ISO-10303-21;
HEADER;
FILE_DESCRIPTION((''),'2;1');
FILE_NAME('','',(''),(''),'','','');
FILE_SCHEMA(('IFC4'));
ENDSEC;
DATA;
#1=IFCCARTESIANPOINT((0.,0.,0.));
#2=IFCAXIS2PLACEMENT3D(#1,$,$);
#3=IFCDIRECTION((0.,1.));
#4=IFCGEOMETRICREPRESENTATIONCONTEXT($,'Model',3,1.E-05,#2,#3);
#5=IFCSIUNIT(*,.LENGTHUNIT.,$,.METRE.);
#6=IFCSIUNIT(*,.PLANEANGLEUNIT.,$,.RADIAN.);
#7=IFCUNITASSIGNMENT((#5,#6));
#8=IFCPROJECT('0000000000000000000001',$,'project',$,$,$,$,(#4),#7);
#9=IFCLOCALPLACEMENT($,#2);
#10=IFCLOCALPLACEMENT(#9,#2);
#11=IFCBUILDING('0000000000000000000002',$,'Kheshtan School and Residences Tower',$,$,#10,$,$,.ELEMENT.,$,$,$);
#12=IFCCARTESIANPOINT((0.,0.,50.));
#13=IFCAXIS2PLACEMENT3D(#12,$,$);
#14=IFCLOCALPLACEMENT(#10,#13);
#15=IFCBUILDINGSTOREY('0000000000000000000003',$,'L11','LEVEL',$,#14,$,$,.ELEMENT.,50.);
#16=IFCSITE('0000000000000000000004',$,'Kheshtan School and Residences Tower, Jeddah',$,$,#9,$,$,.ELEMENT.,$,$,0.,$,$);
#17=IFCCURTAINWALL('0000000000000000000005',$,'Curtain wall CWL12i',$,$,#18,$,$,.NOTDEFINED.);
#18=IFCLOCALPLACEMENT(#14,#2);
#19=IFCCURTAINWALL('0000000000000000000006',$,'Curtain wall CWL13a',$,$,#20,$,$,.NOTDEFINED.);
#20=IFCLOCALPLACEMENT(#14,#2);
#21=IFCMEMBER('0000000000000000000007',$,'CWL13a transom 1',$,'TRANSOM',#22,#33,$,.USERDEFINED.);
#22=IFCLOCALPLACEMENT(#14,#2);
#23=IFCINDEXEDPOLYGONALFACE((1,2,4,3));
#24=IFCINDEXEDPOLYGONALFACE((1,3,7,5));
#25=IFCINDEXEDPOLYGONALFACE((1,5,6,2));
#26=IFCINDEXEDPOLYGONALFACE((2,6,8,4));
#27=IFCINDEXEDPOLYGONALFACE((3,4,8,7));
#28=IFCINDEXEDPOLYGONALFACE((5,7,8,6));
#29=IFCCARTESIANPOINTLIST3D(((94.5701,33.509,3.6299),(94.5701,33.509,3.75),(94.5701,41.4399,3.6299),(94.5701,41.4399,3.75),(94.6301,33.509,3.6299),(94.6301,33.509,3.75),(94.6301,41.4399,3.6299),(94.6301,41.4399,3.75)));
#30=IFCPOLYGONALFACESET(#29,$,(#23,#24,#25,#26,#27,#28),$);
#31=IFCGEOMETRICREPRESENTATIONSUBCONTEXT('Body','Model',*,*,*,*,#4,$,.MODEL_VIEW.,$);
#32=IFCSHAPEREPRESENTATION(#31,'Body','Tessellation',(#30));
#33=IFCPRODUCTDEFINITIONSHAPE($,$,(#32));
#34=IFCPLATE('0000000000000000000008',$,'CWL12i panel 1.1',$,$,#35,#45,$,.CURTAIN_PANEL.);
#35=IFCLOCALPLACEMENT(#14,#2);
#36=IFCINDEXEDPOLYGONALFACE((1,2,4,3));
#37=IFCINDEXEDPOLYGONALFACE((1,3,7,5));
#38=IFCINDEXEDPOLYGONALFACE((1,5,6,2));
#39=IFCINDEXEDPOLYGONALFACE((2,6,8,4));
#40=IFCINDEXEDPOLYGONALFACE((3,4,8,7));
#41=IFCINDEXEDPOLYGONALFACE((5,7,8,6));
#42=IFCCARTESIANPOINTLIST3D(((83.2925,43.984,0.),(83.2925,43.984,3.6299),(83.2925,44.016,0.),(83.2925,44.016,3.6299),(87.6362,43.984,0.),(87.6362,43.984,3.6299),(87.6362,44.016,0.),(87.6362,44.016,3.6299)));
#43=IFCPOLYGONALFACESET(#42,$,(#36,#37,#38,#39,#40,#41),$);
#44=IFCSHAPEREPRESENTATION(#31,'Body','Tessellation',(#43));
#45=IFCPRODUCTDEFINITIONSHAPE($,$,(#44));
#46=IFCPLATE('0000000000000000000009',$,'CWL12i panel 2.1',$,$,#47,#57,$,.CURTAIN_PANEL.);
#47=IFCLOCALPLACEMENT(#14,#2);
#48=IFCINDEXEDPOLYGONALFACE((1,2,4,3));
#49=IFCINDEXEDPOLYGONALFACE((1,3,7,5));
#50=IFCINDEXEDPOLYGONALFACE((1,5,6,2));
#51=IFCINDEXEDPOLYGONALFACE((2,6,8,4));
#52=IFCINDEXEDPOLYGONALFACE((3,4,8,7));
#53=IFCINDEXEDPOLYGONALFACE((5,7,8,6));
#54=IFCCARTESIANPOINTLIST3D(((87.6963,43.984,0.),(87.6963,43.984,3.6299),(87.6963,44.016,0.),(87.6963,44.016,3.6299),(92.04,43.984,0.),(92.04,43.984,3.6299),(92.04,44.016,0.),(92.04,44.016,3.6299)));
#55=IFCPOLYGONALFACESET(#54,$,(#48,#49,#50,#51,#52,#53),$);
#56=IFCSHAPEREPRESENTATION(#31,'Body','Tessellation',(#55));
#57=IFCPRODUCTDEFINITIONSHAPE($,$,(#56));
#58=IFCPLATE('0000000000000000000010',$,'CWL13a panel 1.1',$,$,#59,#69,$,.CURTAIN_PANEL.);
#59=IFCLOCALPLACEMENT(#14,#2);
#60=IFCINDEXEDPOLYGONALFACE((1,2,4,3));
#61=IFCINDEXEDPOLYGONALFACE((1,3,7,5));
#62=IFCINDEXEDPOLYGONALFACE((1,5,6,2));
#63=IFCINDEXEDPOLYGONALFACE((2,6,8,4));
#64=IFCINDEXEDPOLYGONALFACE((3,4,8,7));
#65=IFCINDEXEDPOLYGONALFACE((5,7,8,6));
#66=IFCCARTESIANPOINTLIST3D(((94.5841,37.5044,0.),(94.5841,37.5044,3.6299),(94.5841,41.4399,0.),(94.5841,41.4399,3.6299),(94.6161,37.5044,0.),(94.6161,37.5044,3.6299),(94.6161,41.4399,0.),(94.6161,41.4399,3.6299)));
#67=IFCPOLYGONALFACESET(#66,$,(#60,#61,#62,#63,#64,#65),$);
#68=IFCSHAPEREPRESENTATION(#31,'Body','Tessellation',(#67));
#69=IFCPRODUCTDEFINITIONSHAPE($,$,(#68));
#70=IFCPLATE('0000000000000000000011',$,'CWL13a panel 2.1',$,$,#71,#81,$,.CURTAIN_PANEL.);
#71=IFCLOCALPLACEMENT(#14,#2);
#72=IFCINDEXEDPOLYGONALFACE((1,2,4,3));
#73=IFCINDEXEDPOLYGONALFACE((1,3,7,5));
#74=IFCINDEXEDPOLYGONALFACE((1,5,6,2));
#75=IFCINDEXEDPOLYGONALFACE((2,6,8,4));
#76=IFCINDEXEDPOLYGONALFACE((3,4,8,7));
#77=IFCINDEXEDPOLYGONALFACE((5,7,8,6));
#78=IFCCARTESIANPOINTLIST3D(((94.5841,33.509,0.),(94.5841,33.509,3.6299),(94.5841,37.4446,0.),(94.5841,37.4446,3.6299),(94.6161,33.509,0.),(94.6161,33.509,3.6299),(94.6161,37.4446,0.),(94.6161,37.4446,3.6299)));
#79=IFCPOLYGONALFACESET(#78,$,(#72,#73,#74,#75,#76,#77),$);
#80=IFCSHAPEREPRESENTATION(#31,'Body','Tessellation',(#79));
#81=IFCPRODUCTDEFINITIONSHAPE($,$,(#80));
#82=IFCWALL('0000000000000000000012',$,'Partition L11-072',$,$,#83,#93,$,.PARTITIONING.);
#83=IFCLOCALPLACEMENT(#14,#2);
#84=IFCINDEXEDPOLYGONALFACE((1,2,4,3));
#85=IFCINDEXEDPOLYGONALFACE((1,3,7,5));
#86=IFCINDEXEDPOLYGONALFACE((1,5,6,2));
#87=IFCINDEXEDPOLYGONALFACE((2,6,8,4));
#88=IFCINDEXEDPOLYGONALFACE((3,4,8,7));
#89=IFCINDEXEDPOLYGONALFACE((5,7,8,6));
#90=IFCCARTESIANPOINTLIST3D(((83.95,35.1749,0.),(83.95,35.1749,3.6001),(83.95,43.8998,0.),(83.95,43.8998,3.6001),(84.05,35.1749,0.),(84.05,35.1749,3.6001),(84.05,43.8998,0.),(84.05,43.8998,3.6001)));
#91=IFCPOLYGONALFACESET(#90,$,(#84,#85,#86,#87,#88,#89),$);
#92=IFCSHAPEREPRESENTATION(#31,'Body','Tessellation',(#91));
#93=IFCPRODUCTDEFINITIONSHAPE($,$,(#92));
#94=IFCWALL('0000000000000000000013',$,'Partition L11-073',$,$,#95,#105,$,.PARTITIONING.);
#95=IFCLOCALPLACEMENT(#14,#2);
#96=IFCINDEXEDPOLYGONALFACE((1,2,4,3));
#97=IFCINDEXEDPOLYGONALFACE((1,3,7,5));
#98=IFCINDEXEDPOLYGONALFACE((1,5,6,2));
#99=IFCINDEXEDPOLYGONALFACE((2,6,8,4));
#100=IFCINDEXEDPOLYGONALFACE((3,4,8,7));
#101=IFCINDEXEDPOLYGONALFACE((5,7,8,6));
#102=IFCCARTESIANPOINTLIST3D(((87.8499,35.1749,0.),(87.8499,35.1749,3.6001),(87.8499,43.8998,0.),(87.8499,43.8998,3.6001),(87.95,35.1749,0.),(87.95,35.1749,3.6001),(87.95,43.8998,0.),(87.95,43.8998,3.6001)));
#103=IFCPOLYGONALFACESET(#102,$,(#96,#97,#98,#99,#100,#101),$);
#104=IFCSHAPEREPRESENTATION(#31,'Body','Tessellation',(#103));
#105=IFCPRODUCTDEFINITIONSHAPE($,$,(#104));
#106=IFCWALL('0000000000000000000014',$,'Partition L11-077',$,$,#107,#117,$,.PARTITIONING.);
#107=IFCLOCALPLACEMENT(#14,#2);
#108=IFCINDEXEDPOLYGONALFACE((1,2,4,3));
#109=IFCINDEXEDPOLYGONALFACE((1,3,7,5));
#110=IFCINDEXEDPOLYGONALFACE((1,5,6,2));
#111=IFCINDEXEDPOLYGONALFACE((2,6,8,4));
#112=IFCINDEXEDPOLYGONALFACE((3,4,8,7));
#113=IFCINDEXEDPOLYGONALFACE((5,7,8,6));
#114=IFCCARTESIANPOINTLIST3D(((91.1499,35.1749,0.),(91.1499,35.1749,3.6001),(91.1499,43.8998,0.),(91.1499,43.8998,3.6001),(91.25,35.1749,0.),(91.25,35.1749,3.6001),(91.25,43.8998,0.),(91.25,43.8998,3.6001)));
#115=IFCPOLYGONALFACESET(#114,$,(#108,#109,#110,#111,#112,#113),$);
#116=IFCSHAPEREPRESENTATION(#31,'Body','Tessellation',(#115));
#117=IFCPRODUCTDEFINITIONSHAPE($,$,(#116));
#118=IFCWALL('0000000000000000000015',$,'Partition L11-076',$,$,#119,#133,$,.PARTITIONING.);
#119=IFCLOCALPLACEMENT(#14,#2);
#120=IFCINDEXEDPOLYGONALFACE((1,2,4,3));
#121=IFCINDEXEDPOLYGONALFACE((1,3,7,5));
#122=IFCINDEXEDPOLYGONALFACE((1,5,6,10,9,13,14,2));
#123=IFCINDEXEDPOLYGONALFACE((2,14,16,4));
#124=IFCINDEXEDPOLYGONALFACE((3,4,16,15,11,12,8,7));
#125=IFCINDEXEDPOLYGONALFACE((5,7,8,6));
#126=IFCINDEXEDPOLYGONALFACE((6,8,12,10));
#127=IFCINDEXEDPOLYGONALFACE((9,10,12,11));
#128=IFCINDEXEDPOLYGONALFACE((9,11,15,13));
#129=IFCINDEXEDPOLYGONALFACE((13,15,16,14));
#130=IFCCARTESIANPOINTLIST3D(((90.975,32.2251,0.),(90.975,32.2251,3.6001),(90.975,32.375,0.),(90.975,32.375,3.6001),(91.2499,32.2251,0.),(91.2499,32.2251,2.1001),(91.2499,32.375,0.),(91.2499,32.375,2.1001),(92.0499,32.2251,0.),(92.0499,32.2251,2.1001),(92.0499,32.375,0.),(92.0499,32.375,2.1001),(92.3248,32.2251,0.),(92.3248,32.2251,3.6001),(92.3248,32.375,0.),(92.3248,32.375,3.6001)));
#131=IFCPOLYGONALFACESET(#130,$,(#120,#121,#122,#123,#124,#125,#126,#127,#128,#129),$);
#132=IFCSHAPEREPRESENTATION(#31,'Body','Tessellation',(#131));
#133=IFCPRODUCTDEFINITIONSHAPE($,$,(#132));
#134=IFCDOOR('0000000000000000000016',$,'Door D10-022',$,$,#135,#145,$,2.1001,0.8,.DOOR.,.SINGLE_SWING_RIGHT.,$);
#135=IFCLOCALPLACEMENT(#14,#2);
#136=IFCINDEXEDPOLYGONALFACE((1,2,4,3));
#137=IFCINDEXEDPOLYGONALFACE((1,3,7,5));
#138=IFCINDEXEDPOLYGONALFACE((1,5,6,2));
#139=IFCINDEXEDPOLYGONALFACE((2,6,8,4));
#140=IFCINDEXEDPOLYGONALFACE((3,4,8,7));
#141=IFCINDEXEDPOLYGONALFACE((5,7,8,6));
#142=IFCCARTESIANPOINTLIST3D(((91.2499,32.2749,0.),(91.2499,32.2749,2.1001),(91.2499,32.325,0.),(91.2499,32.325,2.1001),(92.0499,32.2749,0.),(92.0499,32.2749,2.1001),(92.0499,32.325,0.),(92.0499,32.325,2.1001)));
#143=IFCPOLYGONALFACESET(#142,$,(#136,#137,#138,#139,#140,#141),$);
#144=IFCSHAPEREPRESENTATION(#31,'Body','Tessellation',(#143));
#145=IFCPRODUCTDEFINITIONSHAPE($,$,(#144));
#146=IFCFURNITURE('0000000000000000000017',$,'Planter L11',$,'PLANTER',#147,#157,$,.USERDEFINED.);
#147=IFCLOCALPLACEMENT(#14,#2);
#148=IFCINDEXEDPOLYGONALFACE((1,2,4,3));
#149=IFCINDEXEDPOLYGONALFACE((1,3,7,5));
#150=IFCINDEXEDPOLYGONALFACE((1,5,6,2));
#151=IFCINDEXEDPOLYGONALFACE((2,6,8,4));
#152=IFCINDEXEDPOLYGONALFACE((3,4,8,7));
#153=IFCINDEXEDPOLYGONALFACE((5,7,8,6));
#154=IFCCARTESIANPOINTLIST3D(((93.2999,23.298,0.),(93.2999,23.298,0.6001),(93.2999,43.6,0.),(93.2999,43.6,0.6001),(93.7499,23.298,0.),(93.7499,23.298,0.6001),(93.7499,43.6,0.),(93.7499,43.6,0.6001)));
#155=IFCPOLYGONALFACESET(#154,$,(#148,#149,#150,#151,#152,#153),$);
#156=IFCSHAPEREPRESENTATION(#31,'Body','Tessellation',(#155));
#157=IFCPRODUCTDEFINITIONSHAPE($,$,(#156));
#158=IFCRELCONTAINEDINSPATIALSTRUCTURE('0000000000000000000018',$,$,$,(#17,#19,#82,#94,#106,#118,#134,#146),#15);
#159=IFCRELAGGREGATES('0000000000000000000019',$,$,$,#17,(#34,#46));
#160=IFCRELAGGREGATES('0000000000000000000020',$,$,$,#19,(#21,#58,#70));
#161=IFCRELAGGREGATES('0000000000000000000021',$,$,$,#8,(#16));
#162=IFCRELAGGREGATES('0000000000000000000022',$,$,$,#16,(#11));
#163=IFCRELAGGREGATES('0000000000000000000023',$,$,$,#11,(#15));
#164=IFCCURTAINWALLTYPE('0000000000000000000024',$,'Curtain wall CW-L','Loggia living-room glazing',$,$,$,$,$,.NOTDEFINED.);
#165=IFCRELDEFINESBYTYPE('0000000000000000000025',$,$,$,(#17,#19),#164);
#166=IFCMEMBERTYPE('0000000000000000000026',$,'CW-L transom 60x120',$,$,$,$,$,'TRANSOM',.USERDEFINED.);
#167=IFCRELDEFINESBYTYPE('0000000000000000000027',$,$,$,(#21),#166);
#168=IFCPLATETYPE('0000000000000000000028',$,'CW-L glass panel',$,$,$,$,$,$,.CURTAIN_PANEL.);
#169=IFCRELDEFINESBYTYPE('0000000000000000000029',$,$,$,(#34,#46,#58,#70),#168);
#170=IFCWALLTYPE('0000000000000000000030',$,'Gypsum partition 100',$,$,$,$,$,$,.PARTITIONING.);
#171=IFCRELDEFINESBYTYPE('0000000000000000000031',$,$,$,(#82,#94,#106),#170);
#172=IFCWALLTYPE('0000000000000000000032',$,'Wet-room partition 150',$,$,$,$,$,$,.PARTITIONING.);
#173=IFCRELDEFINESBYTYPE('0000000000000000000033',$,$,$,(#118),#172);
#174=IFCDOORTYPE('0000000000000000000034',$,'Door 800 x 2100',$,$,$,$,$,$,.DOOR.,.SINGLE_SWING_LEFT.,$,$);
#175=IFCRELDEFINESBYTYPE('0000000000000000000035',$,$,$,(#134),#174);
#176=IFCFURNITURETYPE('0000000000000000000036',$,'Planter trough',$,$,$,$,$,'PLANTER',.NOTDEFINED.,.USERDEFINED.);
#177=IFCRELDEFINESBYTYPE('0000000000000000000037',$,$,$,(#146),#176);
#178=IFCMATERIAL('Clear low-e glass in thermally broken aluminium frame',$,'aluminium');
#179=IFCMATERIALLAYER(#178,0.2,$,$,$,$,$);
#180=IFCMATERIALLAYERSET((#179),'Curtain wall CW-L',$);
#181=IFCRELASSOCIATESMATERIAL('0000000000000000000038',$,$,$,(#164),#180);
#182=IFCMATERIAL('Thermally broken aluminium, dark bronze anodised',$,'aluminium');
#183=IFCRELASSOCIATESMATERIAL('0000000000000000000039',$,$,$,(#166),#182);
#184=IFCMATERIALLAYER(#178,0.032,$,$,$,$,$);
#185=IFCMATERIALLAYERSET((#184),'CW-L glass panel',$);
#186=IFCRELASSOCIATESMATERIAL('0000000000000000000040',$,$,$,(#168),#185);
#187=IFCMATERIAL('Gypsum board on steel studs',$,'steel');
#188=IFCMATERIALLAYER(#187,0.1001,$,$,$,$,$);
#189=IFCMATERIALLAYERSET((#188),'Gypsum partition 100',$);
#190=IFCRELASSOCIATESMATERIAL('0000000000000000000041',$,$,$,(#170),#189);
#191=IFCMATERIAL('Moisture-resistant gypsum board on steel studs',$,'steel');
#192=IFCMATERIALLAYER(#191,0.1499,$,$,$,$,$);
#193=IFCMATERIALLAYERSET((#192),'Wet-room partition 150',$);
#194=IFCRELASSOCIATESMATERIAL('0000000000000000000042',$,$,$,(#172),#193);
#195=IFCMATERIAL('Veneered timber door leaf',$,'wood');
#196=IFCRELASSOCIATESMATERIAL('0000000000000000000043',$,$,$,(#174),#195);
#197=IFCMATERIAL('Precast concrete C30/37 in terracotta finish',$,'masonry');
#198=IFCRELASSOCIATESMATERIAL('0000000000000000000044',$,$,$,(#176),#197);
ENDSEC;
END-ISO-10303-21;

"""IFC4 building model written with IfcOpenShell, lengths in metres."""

from ifc_helpers import new_model, si_unit, direction, frame, frame_2d, origin, origin_2d, place, context, subcontext, project, spatial, rectangle, extrude, source, transform, mapped, material, layer, layer_set, material_profile, profile_set, type_object, element, fill, aggregate, save


model = new_model("IFC4")

# Units and contexts
model_context = context("Model", 3, precision=1e-05, world=origin(), true_north=direction((0.0, 1.0)))
body_context = subcontext(model_context, "Body", "Model", "MODEL_VIEW")
ifc_project = project(units=[si_unit("LENGTHUNIT", "METRE"), si_unit("PLANEANGLEUNIT", "RADIAN")], contexts=[model_context])

# Site, building, storey
site_placement = place(None, origin())
site = spatial("IfcSite", under=ifc_project, at=site_placement, Name="Kheshtan School and Residences Tower, Jeddah", CompositionType="ELEMENT", RefElevation=0.0)
building_placement = place(site_placement, origin())
building = spatial("IfcBuilding", under=site, at=building_placement, Name="Kheshtan School and Residences Tower", CompositionType="ELEMENT")
storey_placement = place(building_placement, frame((0.0, 0.0, 50.0)))
storey = spatial("IfcBuildingStorey", under=building, at=storey_placement, Name="L11", Description="LEVEL", CompositionType="ELEMENT", Elevation=50.0)

# Curtain walls
ifc_material_1 = material(Name="Clear low-e glass in thermally broken aluminium frame", Category="aluminium")
ifc_layer_1 = layer(ifc_material_1, 0.2)
ifc_layer_set_1 = layer_set([ifc_layer_1], Name="Curtain wall CW-L")
curtain_wall_type = type_object("IfcCurtainWallType", Name="Curtain wall CW-L", Description="Loggia living-room glazing", PredefinedType="NOTDEFINED", material=ifc_layer_set_1)
curtain_wall_1_placement = place(storey_placement, origin())
curtain_wall_1 = element("IfcCurtainWall", 1, at=curtain_wall_1_placement, inside=storey, type_object=curtain_wall_type, Name="Curtain wall CWL12i", PredefinedType="NOTDEFINED")
ifc_material_2 = material(Name="Thermally broken aluminium, dark bronze anodised", Category="aluminium")
curtain_wall_2_placement = place(storey_placement, origin())
curtain_wall_2 = element("IfcCurtainWall", 2, at=curtain_wall_2_placement, inside=storey, type_object=curtain_wall_type, Name="Curtain wall CWL13a", PredefinedType="NOTDEFINED")

# Member
ifc_material_profile_1 = material_profile(ifc_material_2, rectangle(XDim=0.0601, YDim=0.1201, at=origin_2d()), Name="CW-L transom 60x120")
ifc_profile_set_1 = profile_set([ifc_material_profile_1], Name="Thermally broken aluminium, dark bronze anodised")
member_type_1 = type_object("IfcMemberType", Name="CW-L transom 60x120", ElementType="TRANSOM", PredefinedType="USERDEFINED", material=ifc_profile_set_1)
member_1_placement = place(storey_placement, frame((94.6001, 41.4399, 3.6899), z_axis=(0.0, -1.0, 0.0), x_axis=(1.0, 0.0, 0.0)))
member_1 = element("IfcMember", 3, at=member_1_placement, type_object=member_type_1, Name="CWL13a transom 1", ObjectType="TRANSOM", PredefinedType="USERDEFINED", context=body_context, shape_type="SweptSolid", body=[
    extrude(rectangle(XDim=0.0601, YDim=0.1201, at=origin_2d()), origin(), (0.0, 0.0, 1.0), 7.9309),
])

# Plates
ifc_layer_2 = layer(ifc_material_1, 0.032)
ifc_layer_set_2 = layer_set([ifc_layer_2], Name="CW-L glass panel")
plate_type = type_object("IfcPlateType", Name="CW-L glass panel", PredefinedType="CURTAIN_PANEL", material=ifc_layer_set_2)
plate_1_placement = place(storey_placement, frame((85.4644, 44.0, 0.0), z_axis=(0.0, 0.0, 1.0), x_axis=(1.0, 0.0, 0.0)))
plate_1 = element("IfcPlate", 4, at=plate_1_placement, type_object=plate_type, Name="CWL12i panel 1.1", PredefinedType="CURTAIN_PANEL", context=body_context, shape_type="SweptSolid", body=[
    extrude(rectangle(XDim=4.3438, YDim=0.032, at=origin_2d()), origin(), (0.0, 0.0, 1.0), 3.6299),
])
plate_2_placement = place(storey_placement, frame((89.8682, 44.0, 0.0), z_axis=(0.0, 0.0, 1.0), x_axis=(1.0, 0.0, 0.0)))
plate_2 = element("IfcPlate", 5, at=plate_2_placement, type_object=plate_type, Name="CWL12i panel 2.1", PredefinedType="CURTAIN_PANEL", context=body_context, shape_type="SweptSolid", body=[
    extrude(rectangle(XDim=4.3438, YDim=0.032, at=origin_2d()), origin(), (0.0, 0.0, 1.0), 3.6299),
])
aggregate(curtain_wall_1, [plate_1, plate_2])
plate_3_placement = place(storey_placement, frame((94.6001, 39.4722, 0.0), z_axis=(0.0, 0.0, 1.0), x_axis=(0.0, -1.0, 0.0)))
plate_3 = element("IfcPlate", 6, at=plate_3_placement, type_object=plate_type, Name="CWL13a panel 1.1", PredefinedType="CURTAIN_PANEL", context=body_context, shape_type="SweptSolid", body=[
    extrude(rectangle(XDim=3.9355, YDim=0.032, at=origin_2d()), origin(), (0.0, 0.0, 1.0), 3.6299),
])
plate_4_placement = place(storey_placement, frame((94.6001, 35.4768, 0.0), z_axis=(0.0, 0.0, 1.0), x_axis=(0.0, -1.0, 0.0)))
plate_4 = element("IfcPlate", 7, at=plate_4_placement, type_object=plate_type, Name="CWL13a panel 2.1", PredefinedType="CURTAIN_PANEL", context=body_context, shape_type="SweptSolid", body=[
    extrude(rectangle(XDim=3.9355, YDim=0.032, at=origin_2d()), origin(), (0.0, 0.0, 1.0), 3.6299),
])
aggregate(curtain_wall_2, [member_1, plate_3, plate_4])

# Walls
ifc_material_3 = material(Name="Gypsum board on steel studs", Category="steel")
ifc_layer_3 = layer(ifc_material_3, 0.1001)
ifc_layer_set_3 = layer_set([ifc_layer_3], Name="Gypsum partition 100")
wall_type_1 = type_object("IfcWallType", Name="Gypsum partition 100", PredefinedType="PARTITIONING", material=ifc_layer_set_3)
for number, where, z_axis, x_axis, name in (
    (8, (84.0, 35.175, 0.0), (0.0, 0.0, 1.0), (0.0, 1.0, 0.0), "Partition L11-072"),
    (9, (87.8999, 35.175, 0.0), (0.0, 0.0, 1.0), (0.0, 1.0, 0.0), "Partition L11-073"),
    (10, (91.2, 35.175, 0.0), (0.0, 0.0, 1.0), (0.0, 1.0, 0.0), "Partition L11-077"),
):
    element("IfcWall", number, at=place(storey_placement, frame(where, z_axis=z_axis, x_axis=x_axis)), inside=storey, type_object=wall_type_1, Name=name, PredefinedType="PARTITIONING", context=body_context, shape_type="SweptSolid", body=[
        extrude(rectangle(XDim=8.7249, YDim=0.1001, at=frame_2d((4.3623, 0.0))), origin(), (0.0, 0.0, 1.0), 3.6001),
    ])

# Wall, opening, door
ifc_material_4 = material(Name="Moisture-resistant gypsum board on steel studs", Category="steel")
ifc_layer_4 = layer(ifc_material_4, 0.1499)
ifc_layer_set_4 = layer_set([ifc_layer_4], Name="Wet-room partition 150")
wall_type_2 = type_object("IfcWallType", Name="Wet-room partition 150", PredefinedType="PARTITIONING", material=ifc_layer_set_4)
wall_1_placement = place(storey_placement, frame((90.9751, 32.3, 0.0), z_axis=(0.0, 0.0, 1.0), x_axis=(1.0, 0.0, 0.0)))
wall_1 = element("IfcWall", 11, at=wall_1_placement, inside=storey, type_object=wall_type_2, Name="Partition L11-076", PredefinedType="PARTITIONING", context=body_context, shape_type="SweptSolid", body=[
    extrude(rectangle(XDim=1.3499, YDim=0.1499, at=frame_2d((0.6748, 0.0))), origin(), (0.0, 0.0, 1.0), 3.6001),
])
opening_1_placement = place(wall_1_placement, frame((0.2749, 0.0, 0.0)))
opening_1 = element("IfcOpeningElement", 12, at=opening_1_placement, cuts=wall_1, PredefinedType="OPENING", context=body_context, shape_type="SweptSolid", body=[
    extrude(rectangle(XDim=0.8, YDim=2.1001, at=frame_2d((0.3999, 1.05))), frame((0.0, 0.085, 0.0), z_axis=(0.0, -1.0, 0.0), x_axis=(1.0, 0.0, 0.0)), (0.0, 0.0, 1.0), 0.1699),
])
ifc_material_5 = material(Name="Veneered timber door leaf", Category="wood")
door_type_1 = type_object("IfcDoorType", Name="Door 800 x 2100", OperationType="SINGLE_SWING_LEFT", PredefinedType="DOOR", material=ifc_material_5)
shared_shape_1 = source(origin(), body_context, "Body", "SweptSolid", [
    extrude(rectangle(XDim=0.8, YDim=2.1001, at=frame_2d((0.3999, 1.05))), frame((0.0, 0.0249, 0.0), z_axis=(0.0, -1.0, 0.0), x_axis=(1.0, 0.0, 0.0)), (0.0, 0.0, 1.0), 0.05),
])
door_1_placement = place(opening_1_placement, origin())
door_1 = element("IfcDoor", 13, at=door_1_placement, inside=storey, type_object=door_type_1, Name="Door D10-022", OperationType="SINGLE_SWING_RIGHT", OverallHeight=2.1001, OverallWidth=0.8, PredefinedType="DOOR", context=body_context, shape_type="MappedRepresentation", body=[
    mapped(shared_shape_1, transform((0.0, 0.0, 0.0), x_axis=(1.0, 0.0, 0.0), y_axis=(0.0, 1.0, 0.0), z_axis=(0.0, 0.0, 1.0), scale=1.0)),
])
fill(opening_1, door_1)

# Furniture
ifc_material_6 = material(Name="Precast concrete C30/37 in terracotta finish", Category="masonry")
furniture_type = type_object("IfcFurnitureType", Name="Planter trough", ElementType="PLANTER", AssemblyPlace="NOTDEFINED", PredefinedType="USERDEFINED", material=ifc_material_6)
furniture_placement = place(storey_placement, frame((93.5249, 33.449, 0.0), z_axis=(0.0, 0.0, 1.0), x_axis=(0.0, -1.0, 0.0)))
element("IfcFurniture", 14, at=furniture_placement, inside=storey, type_object=furniture_type, Name="Planter L11", ObjectType="PLANTER", PredefinedType="USERDEFINED", context=body_context, shape_type="SweptSolid", body=[
    extrude(rectangle(XDim=20.302, YDim=0.45, at=origin_2d()), origin(), (0.0, 0.0, 1.0), 0.6001),
])

save(model, "model.ifc")
